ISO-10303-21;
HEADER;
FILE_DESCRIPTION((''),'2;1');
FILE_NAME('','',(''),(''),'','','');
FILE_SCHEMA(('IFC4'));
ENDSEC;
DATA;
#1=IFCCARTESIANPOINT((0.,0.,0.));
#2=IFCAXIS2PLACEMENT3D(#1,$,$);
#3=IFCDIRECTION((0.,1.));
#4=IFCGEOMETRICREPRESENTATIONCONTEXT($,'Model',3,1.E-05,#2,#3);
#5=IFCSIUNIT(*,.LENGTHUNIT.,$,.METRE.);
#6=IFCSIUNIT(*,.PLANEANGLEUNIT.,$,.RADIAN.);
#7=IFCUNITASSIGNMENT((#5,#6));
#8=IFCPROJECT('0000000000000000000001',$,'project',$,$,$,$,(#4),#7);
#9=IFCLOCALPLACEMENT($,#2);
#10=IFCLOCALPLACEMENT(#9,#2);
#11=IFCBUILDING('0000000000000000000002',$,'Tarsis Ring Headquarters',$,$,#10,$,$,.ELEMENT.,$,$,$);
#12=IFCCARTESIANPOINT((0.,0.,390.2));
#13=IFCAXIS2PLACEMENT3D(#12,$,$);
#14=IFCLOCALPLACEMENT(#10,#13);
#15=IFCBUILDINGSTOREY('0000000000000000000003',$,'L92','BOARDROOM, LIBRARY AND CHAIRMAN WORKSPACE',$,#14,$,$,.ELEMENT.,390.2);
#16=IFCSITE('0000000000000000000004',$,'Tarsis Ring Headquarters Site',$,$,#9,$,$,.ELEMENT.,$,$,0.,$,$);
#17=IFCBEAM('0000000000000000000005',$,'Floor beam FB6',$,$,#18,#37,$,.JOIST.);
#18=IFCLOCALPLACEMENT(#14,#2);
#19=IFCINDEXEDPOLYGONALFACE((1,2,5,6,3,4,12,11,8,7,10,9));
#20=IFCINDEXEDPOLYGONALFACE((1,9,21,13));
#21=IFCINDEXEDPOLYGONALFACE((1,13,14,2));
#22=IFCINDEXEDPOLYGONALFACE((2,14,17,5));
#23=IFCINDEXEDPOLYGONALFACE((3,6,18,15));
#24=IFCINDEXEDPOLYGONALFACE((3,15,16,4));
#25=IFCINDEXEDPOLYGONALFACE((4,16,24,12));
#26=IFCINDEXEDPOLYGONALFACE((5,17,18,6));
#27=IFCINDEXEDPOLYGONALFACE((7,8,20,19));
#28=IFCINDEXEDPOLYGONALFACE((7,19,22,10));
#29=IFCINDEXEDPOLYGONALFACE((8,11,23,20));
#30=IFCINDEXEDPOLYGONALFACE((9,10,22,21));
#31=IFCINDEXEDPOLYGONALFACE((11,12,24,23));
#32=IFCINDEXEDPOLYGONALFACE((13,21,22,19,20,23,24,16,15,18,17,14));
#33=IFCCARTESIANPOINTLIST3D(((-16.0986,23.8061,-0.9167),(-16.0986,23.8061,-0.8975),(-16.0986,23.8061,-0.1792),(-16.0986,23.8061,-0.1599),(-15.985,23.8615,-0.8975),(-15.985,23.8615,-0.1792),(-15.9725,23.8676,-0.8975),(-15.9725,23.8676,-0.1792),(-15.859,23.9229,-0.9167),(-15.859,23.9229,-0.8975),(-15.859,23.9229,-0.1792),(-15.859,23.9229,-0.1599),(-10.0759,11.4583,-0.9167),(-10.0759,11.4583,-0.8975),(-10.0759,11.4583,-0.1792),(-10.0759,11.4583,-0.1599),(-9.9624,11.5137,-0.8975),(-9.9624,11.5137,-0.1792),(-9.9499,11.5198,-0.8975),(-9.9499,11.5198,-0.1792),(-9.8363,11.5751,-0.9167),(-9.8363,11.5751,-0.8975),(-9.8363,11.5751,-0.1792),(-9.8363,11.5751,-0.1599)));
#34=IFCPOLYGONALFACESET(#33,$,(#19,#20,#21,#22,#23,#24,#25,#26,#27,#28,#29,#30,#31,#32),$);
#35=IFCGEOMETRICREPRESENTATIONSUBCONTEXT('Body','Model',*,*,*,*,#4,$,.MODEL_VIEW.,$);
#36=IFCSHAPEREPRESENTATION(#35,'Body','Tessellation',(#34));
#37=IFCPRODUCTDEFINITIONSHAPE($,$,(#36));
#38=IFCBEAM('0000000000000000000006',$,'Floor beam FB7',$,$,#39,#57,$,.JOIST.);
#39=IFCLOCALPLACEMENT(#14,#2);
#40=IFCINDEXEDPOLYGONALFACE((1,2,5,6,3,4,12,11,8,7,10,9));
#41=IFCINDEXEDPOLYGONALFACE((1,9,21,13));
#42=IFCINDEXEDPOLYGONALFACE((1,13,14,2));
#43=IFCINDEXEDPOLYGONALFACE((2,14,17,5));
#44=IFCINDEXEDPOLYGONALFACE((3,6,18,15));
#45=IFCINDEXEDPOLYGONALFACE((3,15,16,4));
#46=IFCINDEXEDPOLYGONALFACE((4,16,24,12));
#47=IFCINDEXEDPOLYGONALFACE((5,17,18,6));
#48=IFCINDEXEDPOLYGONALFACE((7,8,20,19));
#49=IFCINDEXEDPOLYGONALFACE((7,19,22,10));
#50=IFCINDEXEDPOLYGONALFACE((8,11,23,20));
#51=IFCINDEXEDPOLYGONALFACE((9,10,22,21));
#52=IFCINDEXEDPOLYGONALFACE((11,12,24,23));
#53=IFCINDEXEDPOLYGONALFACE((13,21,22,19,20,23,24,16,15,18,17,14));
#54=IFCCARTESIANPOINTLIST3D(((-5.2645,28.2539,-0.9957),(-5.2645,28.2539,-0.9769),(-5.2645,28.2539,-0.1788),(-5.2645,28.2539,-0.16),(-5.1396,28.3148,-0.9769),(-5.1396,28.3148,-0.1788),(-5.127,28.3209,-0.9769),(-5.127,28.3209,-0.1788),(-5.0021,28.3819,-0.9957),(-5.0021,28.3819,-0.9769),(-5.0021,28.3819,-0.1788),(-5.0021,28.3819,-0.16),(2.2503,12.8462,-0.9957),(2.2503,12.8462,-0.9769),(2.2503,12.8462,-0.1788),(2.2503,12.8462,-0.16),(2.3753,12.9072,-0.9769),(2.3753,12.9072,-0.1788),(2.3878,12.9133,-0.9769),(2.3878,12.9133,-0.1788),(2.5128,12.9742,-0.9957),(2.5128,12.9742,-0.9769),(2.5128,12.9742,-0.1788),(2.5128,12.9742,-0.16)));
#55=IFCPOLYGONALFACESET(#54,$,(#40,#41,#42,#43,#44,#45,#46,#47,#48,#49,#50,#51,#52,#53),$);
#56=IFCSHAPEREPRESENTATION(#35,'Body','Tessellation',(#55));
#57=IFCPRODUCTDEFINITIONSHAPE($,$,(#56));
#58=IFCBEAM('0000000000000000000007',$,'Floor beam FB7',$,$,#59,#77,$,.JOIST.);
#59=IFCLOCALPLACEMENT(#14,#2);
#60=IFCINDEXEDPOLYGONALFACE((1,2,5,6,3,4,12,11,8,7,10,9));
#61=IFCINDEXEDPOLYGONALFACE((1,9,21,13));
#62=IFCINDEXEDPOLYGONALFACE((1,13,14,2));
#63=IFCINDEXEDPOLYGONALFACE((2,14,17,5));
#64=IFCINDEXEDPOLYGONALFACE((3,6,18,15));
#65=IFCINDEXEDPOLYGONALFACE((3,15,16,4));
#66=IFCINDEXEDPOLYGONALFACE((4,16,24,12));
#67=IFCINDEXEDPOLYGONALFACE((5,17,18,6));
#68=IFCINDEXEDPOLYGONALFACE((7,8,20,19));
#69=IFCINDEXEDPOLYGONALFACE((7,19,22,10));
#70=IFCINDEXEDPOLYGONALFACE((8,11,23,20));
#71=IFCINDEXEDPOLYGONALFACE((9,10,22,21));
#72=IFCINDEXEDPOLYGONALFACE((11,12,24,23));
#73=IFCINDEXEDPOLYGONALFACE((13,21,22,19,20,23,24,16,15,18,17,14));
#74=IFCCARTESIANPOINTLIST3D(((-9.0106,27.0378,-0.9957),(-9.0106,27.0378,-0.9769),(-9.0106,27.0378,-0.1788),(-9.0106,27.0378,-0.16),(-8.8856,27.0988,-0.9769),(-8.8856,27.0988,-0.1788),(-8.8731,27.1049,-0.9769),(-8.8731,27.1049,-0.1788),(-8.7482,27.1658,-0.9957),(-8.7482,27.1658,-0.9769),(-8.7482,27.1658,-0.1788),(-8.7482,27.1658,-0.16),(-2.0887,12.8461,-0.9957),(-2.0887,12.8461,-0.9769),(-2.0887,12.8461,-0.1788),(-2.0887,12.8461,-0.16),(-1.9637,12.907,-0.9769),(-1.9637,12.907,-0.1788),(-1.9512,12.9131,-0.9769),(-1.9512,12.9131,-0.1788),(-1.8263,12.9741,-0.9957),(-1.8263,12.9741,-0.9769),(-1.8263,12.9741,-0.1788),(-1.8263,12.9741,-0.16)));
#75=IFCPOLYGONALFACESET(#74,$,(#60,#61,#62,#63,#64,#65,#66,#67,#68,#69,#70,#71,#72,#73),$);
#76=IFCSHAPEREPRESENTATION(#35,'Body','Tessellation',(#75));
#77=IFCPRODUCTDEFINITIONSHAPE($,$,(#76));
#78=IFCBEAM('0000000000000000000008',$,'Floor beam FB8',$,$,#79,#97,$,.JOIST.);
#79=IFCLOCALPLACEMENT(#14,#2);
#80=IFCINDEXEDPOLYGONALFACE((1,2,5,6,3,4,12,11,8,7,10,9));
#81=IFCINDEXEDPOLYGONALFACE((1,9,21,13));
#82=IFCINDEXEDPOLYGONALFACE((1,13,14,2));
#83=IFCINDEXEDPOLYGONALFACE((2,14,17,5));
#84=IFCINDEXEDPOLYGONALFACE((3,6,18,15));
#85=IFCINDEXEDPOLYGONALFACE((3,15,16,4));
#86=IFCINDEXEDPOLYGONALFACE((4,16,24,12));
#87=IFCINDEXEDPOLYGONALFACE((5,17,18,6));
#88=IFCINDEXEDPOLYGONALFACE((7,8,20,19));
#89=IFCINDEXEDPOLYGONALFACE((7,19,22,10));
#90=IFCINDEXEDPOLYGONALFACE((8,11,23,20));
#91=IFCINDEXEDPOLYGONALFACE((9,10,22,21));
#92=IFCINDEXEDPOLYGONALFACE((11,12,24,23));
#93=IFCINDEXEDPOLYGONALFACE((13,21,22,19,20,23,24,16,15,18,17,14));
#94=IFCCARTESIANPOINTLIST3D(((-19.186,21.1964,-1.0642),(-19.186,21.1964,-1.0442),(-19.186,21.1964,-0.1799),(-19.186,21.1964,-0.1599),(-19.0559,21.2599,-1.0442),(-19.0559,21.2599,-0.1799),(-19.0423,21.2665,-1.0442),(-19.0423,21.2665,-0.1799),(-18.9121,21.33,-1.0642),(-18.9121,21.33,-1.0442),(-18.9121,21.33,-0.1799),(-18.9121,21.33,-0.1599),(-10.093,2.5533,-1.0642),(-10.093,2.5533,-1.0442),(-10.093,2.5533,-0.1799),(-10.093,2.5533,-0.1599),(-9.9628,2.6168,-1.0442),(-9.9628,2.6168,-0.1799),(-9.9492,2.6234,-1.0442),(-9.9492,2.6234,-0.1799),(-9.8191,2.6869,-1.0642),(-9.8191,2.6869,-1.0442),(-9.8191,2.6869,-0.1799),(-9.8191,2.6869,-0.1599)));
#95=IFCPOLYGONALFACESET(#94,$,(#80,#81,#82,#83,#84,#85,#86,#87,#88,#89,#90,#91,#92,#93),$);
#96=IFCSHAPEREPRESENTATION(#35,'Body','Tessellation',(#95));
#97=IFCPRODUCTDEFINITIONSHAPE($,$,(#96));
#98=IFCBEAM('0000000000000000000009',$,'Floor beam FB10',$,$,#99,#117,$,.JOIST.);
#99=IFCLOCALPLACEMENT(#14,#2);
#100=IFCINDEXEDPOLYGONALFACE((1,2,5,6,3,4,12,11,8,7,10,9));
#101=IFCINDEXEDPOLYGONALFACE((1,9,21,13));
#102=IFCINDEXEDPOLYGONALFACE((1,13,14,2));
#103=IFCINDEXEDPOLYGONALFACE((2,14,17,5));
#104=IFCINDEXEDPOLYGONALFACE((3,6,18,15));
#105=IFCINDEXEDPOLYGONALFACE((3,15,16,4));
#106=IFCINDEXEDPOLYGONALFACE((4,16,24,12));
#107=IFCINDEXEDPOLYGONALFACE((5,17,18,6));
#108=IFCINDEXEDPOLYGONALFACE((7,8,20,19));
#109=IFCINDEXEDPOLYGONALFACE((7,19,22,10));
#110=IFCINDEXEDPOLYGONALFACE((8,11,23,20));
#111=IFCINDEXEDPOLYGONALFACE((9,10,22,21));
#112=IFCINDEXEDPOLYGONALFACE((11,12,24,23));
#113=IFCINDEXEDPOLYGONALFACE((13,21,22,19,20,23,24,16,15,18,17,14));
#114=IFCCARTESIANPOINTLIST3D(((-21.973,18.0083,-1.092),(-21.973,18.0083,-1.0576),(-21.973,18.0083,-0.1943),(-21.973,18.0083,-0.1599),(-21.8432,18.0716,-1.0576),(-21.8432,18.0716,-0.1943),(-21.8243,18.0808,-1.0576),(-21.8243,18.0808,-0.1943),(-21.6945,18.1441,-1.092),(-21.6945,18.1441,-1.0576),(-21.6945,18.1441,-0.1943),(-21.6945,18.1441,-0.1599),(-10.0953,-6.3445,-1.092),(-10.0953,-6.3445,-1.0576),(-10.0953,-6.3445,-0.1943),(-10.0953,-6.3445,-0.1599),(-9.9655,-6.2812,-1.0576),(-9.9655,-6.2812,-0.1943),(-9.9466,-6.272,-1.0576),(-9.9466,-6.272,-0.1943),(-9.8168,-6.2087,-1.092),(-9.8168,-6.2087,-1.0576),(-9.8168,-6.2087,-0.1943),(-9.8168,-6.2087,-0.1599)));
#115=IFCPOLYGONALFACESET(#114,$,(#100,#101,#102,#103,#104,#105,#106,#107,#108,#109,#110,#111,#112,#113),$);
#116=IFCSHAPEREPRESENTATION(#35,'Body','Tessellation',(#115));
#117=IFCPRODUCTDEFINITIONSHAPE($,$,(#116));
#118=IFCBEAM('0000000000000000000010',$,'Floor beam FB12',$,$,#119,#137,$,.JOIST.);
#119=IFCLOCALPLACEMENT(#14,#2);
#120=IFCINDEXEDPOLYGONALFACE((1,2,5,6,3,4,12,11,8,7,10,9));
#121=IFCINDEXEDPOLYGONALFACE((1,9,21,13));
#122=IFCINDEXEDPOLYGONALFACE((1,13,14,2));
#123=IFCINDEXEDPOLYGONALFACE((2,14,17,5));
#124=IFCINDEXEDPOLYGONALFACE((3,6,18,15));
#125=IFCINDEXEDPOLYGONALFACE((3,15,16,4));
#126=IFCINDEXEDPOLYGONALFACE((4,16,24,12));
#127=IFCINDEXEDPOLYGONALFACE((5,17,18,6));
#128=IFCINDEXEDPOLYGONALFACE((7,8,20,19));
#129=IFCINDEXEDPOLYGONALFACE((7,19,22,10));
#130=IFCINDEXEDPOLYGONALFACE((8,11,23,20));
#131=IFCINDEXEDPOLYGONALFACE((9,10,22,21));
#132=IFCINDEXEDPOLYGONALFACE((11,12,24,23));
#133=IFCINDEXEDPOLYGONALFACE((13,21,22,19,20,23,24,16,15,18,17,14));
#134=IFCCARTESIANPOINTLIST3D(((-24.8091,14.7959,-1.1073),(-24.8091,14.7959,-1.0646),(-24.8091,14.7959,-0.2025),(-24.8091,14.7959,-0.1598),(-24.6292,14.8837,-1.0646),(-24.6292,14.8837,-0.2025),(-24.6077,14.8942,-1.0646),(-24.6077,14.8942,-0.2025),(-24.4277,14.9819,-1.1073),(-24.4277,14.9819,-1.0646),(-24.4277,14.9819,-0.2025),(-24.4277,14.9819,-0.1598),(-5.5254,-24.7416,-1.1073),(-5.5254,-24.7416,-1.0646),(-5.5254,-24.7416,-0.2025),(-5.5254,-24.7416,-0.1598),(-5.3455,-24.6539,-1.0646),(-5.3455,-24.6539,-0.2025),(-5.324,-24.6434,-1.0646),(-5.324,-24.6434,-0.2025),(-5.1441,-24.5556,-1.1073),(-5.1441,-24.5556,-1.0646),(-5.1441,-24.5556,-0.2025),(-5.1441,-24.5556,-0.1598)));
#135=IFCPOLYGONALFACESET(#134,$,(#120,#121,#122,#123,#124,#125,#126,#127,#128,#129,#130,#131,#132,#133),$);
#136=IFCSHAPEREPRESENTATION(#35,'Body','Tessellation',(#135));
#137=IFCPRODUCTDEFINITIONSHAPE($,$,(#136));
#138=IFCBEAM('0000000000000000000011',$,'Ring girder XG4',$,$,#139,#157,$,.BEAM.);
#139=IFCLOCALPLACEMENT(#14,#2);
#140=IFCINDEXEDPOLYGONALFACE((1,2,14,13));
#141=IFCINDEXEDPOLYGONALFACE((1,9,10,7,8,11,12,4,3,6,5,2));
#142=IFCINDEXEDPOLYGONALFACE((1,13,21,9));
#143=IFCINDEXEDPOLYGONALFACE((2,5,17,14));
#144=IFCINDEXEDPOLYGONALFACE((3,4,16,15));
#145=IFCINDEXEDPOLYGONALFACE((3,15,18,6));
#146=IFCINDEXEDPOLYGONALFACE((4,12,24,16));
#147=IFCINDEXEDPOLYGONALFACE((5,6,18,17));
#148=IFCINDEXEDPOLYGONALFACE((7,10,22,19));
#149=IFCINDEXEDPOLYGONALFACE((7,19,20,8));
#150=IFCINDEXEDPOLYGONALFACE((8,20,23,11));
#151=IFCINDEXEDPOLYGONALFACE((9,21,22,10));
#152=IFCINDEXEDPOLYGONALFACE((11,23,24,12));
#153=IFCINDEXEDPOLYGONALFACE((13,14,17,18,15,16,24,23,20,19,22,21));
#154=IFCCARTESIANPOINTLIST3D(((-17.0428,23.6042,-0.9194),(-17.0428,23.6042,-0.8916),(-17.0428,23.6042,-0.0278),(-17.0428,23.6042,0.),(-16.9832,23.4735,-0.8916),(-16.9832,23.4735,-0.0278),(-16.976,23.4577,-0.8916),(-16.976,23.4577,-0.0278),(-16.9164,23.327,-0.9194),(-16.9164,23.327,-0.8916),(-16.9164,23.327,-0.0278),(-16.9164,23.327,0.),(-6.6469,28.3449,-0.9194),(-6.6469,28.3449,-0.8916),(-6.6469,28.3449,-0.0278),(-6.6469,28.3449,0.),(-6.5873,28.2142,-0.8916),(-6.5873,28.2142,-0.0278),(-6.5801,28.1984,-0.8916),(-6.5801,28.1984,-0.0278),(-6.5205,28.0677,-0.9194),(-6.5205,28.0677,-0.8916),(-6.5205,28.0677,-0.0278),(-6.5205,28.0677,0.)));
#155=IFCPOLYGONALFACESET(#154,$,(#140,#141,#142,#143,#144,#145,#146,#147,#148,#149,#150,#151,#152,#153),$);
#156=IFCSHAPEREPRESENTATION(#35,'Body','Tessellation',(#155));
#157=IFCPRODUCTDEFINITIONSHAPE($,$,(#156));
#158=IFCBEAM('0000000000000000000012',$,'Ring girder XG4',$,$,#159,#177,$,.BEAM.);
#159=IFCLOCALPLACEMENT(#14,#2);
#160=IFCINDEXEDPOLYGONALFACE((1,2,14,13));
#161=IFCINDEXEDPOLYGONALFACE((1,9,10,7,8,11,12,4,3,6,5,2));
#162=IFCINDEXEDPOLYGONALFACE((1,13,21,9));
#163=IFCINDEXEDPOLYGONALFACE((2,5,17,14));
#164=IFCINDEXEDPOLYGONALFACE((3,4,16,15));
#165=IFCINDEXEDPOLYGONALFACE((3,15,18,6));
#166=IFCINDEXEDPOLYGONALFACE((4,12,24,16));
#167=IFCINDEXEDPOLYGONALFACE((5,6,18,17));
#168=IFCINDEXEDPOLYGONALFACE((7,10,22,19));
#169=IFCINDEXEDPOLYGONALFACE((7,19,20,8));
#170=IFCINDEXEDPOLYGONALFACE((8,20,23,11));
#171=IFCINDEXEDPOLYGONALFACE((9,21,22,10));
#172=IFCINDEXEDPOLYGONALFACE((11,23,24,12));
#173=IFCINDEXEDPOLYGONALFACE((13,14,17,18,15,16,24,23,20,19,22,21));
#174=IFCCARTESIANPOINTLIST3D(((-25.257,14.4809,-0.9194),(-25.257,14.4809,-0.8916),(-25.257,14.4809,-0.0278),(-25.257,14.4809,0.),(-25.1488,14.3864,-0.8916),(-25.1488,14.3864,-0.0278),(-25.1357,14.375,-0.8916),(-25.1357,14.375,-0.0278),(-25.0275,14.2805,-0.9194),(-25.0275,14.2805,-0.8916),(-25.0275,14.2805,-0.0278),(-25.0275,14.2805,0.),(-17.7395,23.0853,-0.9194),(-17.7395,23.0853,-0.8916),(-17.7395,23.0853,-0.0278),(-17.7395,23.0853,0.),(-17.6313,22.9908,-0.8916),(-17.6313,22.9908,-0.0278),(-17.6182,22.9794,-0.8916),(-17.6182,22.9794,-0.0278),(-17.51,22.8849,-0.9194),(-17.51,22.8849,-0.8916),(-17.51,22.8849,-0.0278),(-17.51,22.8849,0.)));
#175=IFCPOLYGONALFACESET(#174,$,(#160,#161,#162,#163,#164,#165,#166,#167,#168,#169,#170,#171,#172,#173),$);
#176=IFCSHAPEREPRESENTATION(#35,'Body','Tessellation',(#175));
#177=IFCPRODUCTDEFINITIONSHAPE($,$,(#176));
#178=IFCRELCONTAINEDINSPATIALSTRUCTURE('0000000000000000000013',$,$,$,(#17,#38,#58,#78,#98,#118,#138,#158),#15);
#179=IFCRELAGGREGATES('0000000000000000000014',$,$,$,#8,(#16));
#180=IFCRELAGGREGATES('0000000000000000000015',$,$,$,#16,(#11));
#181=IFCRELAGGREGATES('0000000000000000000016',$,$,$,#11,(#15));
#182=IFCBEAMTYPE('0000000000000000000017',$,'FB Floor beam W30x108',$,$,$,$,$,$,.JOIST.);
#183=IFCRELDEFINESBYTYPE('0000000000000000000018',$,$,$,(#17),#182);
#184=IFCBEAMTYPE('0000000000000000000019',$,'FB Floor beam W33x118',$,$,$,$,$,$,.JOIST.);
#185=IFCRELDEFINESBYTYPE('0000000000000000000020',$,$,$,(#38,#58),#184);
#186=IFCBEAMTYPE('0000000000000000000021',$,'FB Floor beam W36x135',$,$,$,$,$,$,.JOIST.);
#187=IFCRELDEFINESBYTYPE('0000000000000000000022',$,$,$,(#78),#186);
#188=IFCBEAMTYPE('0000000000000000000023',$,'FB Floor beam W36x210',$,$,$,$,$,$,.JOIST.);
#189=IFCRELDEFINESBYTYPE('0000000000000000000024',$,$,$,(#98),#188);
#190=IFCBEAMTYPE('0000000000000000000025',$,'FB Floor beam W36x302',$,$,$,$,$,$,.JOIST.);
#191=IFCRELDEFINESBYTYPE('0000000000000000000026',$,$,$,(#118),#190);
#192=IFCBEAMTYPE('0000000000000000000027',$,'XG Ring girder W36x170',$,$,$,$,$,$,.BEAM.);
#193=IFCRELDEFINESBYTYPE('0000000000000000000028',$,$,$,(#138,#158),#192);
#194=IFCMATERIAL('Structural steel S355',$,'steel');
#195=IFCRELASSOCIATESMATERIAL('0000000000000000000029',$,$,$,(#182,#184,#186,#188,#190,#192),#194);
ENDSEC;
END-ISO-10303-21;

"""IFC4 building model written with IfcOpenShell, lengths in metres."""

from ifc_helpers import new_model, si_unit, direction, frame, origin, origin_2d, place, context, subcontext, project, spatial, i_section, extrude, material, material_profile, profile_set, type_object, element, save


model = new_model("IFC4")

# Units and contexts
model_context = context("Model", 3, precision=1e-05, world=origin(), true_north=direction((0.0, 1.0)))
body_context = subcontext(model_context, "Body", "Model", "MODEL_VIEW")
ifc_project = project(units=[si_unit("LENGTHUNIT", "METRE"), si_unit("PLANEANGLEUNIT", "RADIAN")], contexts=[model_context])

# Site, building, storey
site_placement = place(None, origin())
site = spatial("IfcSite", under=ifc_project, at=site_placement, Name="Tarsis Ring Headquarters Site", CompositionType="ELEMENT", RefElevation=0.0)
building_placement = place(site_placement, origin())
building = spatial("IfcBuilding", under=site, at=building_placement, Name="Tarsis Ring Headquarters", CompositionType="ELEMENT")
storey_placement = place(building_placement, frame((0.0, 0.0, 390.2)))
storey = spatial("IfcBuildingStorey", under=building, at=storey_placement, Name="L92", Description="BOARDROOM, LIBRARY AND CHAIRMAN WORKSPACE", CompositionType="ELEMENT", Elevation=390.2)

# Shared definitions
ifc_material_1 = material(Name="Structural steel S355", Category="steel")

# Beams
ifc_material_profile_1 = material_profile(ifc_material_1, i_section(OverallWidth=0.2666, OverallDepth=0.7568, WebThickness=0.0139, FlangeThickness=0.0193, at=origin_2d()), Name="W30x108")
ifc_profile_set_1 = profile_set([ifc_material_profile_1], Name="Structural steel S355")
beam_type_1 = type_object("IfcBeamType", Name="FB Floor beam W30x108", PredefinedType="JOIST", material=ifc_profile_set_1)
beam_1_placement = place(storey_placement, frame((-15.9788, 23.8645, -0.5383), z_axis=(0.438385, -0.898787, 0.0), x_axis=(0.898787, 0.438385, 0.0)))
element("IfcBeam", 1, at=beam_1_placement, inside=storey, type_object=beam_type_1, Name="Floor beam FB6", PredefinedType="JOIST", context=body_context, shape_type="SweptSolid", body=[
    extrude(i_section(OverallWidth=0.2666, OverallDepth=0.7568, WebThickness=0.0139, FlangeThickness=0.0193, at=origin_2d()), origin(), (0.0, 0.0, 1.0), 13.7383),
])
ifc_material_profile_2 = material_profile(ifc_material_1, i_section(OverallWidth=0.292, OverallDepth=0.8357, WebThickness=0.0139, FlangeThickness=0.0188, at=origin_2d()), Name="W33x118")
ifc_profile_set_2 = profile_set([ifc_material_profile_2], Name="Structural steel S355")
beam_type_2 = type_object("IfcBeamType", Name="FB Floor beam W33x118", PredefinedType="JOIST", material=ifc_profile_set_2)
beam_2_placement = place(storey_placement, frame((-5.1333, 28.3179, -0.5779), z_axis=(0.438373, -0.898793, 0.0), x_axis=(0.898793, 0.438373, 0.0)))
element("IfcBeam", 2, at=beam_2_placement, inside=storey, type_object=beam_type_2, Name="Floor beam FB7", PredefinedType="JOIST", context=body_context, shape_type="SweptSolid", body=[
    extrude(i_section(OverallWidth=0.292, OverallDepth=0.8357, WebThickness=0.0139, FlangeThickness=0.0188, at=origin_2d()), origin(), (0.0, 0.0, 1.0), 17.1426),
])
beam_3_placement = place(storey_placement, frame((-8.8794, 27.1018, -0.5779), z_axis=(0.438379, -0.89879, 0.0), x_axis=(0.89879, 0.438379, 0.0)))
element("IfcBeam", 3, at=beam_3_placement, inside=storey, type_object=beam_type_2, Name="Floor beam FB7", PredefinedType="JOIST", context=body_context, shape_type="SweptSolid", body=[
    extrude(i_section(OverallWidth=0.292, OverallDepth=0.8357, WebThickness=0.0139, FlangeThickness=0.0188, at=origin_2d()), origin(), (0.0, 0.0, 1.0), 15.7898),
])
ifc_material_profile_3 = material_profile(ifc_material_1, i_section(OverallWidth=0.3047, OverallDepth=0.9043, WebThickness=0.0151, FlangeThickness=0.02, at=origin_2d()), Name="W36x135")
ifc_profile_set_3 = profile_set([ifc_material_profile_3], Name="Structural steel S355")
beam_type_3 = type_object("IfcBeamType", Name="FB Floor beam W36x135", PredefinedType="JOIST", material=ifc_profile_set_3)
beam_4_placement = place(storey_placement, frame((-19.0491, 21.2632, -0.6121), z_axis=(0.438378, -0.898791, 0.0), x_axis=(0.898791, 0.438378, 0.0)))
element("IfcBeam", 4, at=beam_4_placement, inside=storey, type_object=beam_type_3, Name="Floor beam FB8", PredefinedType="JOIST", context=body_context, shape_type="SweptSolid", body=[
    extrude(i_section(OverallWidth=0.3047, OverallDepth=0.9043, WebThickness=0.0151, FlangeThickness=0.02, at=origin_2d()), origin(), (0.0, 0.0, 1.0), 20.7424),
])
ifc_material_profile_4 = material_profile(ifc_material_1, i_section(OverallWidth=0.3098, OverallDepth=0.9321, WebThickness=0.021, FlangeThickness=0.0344, at=origin_2d()), Name="W36x210")
ifc_profile_set_4 = profile_set([ifc_material_profile_4], Name="Structural steel S355")
beam_type_4 = type_object("IfcBeamType", Name="FB Floor beam W36x210", PredefinedType="JOIST", material=ifc_profile_set_4)
beam_5_placement = place(storey_placement, frame((-21.8337, 18.0762, -0.626), z_axis=(0.438372, -0.898793, 0.0), x_axis=(0.898793, 0.438372, 0.0)))
element("IfcBeam", 5, at=beam_5_placement, inside=storey, type_object=beam_type_4, Name="Floor beam FB10", PredefinedType="JOIST", context=body_context, shape_type="SweptSolid", body=[
    extrude(i_section(OverallWidth=0.3098, OverallDepth=0.9321, WebThickness=0.021, FlangeThickness=0.0344, at=origin_2d()), origin(), (0.0, 0.0, 1.0), 27.095),
])
ifc_material_profile_5 = material_profile(ifc_material_1, i_section(OverallWidth=0.4243, OverallDepth=0.9475, WebThickness=0.0239, FlangeThickness=0.0427, at=origin_2d()), Name="W36x302")
ifc_profile_set_5 = profile_set([ifc_material_profile_5], Name="Structural steel S355")
beam_type_5 = type_object("IfcBeamType", Name="FB Floor beam W36x302", PredefinedType="JOIST", material=ifc_profile_set_5)
beam_6_placement = place(storey_placement, frame((-24.6184, 14.8889, -0.6335), z_axis=(0.43837, -0.898795, 0.0), x_axis=(0.898795, 0.43837, 0.0)))
element("IfcBeam", 6, at=beam_6_placement, inside=storey, type_object=beam_type_5, Name="Floor beam FB12", PredefinedType="JOIST", context=body_context, shape_type="SweptSolid", body=[
    extrude(i_section(OverallWidth=0.4243, OverallDepth=0.9475, WebThickness=0.0239, FlangeThickness=0.0427, at=origin_2d()), origin(), (0.0, 0.0, 1.0), 43.9895),
])
ifc_material_profile_6 = material_profile(ifc_material_1, i_section(OverallWidth=0.3047, OverallDepth=0.9194, WebThickness=0.0173, FlangeThickness=0.0278, at=origin_2d()), Name="W36x170")
ifc_profile_set_6 = profile_set([ifc_material_profile_6], Name="Structural steel S355")
beam_type_6 = type_object("IfcBeamType", Name="XG Ring girder W36x170", PredefinedType="BEAM", material=ifc_profile_set_6)
for number, where, z_axis, x_axis, name in (
    (7, (-6.5837, 28.2063, -0.4597), (-0.909862, -0.41491, 0.0), (0.41491, -0.909862, 0.0), "Ring girder XG4"),
    (8, (-17.6248, 22.9851, -0.4597), (-0.657942, -0.753069, 0.0), (0.753069, -0.657942, 0.0), "Ring girder XG4"),
):
    element("IfcBeam", number, at=place(storey_placement, frame(where, z_axis=z_axis, x_axis=x_axis)), inside=storey, type_object=beam_type_6, Name=name, PredefinedType="BEAM", context=body_context, shape_type="SweptSolid", body=[
        extrude(i_section(OverallWidth=0.3047, OverallDepth=0.9194, WebThickness=0.0173, FlangeThickness=0.0278, at=origin_2d()), origin(), (0.0, 0.0, 1.0), 11.4258),
    ])

save(model, "model.ifc")
